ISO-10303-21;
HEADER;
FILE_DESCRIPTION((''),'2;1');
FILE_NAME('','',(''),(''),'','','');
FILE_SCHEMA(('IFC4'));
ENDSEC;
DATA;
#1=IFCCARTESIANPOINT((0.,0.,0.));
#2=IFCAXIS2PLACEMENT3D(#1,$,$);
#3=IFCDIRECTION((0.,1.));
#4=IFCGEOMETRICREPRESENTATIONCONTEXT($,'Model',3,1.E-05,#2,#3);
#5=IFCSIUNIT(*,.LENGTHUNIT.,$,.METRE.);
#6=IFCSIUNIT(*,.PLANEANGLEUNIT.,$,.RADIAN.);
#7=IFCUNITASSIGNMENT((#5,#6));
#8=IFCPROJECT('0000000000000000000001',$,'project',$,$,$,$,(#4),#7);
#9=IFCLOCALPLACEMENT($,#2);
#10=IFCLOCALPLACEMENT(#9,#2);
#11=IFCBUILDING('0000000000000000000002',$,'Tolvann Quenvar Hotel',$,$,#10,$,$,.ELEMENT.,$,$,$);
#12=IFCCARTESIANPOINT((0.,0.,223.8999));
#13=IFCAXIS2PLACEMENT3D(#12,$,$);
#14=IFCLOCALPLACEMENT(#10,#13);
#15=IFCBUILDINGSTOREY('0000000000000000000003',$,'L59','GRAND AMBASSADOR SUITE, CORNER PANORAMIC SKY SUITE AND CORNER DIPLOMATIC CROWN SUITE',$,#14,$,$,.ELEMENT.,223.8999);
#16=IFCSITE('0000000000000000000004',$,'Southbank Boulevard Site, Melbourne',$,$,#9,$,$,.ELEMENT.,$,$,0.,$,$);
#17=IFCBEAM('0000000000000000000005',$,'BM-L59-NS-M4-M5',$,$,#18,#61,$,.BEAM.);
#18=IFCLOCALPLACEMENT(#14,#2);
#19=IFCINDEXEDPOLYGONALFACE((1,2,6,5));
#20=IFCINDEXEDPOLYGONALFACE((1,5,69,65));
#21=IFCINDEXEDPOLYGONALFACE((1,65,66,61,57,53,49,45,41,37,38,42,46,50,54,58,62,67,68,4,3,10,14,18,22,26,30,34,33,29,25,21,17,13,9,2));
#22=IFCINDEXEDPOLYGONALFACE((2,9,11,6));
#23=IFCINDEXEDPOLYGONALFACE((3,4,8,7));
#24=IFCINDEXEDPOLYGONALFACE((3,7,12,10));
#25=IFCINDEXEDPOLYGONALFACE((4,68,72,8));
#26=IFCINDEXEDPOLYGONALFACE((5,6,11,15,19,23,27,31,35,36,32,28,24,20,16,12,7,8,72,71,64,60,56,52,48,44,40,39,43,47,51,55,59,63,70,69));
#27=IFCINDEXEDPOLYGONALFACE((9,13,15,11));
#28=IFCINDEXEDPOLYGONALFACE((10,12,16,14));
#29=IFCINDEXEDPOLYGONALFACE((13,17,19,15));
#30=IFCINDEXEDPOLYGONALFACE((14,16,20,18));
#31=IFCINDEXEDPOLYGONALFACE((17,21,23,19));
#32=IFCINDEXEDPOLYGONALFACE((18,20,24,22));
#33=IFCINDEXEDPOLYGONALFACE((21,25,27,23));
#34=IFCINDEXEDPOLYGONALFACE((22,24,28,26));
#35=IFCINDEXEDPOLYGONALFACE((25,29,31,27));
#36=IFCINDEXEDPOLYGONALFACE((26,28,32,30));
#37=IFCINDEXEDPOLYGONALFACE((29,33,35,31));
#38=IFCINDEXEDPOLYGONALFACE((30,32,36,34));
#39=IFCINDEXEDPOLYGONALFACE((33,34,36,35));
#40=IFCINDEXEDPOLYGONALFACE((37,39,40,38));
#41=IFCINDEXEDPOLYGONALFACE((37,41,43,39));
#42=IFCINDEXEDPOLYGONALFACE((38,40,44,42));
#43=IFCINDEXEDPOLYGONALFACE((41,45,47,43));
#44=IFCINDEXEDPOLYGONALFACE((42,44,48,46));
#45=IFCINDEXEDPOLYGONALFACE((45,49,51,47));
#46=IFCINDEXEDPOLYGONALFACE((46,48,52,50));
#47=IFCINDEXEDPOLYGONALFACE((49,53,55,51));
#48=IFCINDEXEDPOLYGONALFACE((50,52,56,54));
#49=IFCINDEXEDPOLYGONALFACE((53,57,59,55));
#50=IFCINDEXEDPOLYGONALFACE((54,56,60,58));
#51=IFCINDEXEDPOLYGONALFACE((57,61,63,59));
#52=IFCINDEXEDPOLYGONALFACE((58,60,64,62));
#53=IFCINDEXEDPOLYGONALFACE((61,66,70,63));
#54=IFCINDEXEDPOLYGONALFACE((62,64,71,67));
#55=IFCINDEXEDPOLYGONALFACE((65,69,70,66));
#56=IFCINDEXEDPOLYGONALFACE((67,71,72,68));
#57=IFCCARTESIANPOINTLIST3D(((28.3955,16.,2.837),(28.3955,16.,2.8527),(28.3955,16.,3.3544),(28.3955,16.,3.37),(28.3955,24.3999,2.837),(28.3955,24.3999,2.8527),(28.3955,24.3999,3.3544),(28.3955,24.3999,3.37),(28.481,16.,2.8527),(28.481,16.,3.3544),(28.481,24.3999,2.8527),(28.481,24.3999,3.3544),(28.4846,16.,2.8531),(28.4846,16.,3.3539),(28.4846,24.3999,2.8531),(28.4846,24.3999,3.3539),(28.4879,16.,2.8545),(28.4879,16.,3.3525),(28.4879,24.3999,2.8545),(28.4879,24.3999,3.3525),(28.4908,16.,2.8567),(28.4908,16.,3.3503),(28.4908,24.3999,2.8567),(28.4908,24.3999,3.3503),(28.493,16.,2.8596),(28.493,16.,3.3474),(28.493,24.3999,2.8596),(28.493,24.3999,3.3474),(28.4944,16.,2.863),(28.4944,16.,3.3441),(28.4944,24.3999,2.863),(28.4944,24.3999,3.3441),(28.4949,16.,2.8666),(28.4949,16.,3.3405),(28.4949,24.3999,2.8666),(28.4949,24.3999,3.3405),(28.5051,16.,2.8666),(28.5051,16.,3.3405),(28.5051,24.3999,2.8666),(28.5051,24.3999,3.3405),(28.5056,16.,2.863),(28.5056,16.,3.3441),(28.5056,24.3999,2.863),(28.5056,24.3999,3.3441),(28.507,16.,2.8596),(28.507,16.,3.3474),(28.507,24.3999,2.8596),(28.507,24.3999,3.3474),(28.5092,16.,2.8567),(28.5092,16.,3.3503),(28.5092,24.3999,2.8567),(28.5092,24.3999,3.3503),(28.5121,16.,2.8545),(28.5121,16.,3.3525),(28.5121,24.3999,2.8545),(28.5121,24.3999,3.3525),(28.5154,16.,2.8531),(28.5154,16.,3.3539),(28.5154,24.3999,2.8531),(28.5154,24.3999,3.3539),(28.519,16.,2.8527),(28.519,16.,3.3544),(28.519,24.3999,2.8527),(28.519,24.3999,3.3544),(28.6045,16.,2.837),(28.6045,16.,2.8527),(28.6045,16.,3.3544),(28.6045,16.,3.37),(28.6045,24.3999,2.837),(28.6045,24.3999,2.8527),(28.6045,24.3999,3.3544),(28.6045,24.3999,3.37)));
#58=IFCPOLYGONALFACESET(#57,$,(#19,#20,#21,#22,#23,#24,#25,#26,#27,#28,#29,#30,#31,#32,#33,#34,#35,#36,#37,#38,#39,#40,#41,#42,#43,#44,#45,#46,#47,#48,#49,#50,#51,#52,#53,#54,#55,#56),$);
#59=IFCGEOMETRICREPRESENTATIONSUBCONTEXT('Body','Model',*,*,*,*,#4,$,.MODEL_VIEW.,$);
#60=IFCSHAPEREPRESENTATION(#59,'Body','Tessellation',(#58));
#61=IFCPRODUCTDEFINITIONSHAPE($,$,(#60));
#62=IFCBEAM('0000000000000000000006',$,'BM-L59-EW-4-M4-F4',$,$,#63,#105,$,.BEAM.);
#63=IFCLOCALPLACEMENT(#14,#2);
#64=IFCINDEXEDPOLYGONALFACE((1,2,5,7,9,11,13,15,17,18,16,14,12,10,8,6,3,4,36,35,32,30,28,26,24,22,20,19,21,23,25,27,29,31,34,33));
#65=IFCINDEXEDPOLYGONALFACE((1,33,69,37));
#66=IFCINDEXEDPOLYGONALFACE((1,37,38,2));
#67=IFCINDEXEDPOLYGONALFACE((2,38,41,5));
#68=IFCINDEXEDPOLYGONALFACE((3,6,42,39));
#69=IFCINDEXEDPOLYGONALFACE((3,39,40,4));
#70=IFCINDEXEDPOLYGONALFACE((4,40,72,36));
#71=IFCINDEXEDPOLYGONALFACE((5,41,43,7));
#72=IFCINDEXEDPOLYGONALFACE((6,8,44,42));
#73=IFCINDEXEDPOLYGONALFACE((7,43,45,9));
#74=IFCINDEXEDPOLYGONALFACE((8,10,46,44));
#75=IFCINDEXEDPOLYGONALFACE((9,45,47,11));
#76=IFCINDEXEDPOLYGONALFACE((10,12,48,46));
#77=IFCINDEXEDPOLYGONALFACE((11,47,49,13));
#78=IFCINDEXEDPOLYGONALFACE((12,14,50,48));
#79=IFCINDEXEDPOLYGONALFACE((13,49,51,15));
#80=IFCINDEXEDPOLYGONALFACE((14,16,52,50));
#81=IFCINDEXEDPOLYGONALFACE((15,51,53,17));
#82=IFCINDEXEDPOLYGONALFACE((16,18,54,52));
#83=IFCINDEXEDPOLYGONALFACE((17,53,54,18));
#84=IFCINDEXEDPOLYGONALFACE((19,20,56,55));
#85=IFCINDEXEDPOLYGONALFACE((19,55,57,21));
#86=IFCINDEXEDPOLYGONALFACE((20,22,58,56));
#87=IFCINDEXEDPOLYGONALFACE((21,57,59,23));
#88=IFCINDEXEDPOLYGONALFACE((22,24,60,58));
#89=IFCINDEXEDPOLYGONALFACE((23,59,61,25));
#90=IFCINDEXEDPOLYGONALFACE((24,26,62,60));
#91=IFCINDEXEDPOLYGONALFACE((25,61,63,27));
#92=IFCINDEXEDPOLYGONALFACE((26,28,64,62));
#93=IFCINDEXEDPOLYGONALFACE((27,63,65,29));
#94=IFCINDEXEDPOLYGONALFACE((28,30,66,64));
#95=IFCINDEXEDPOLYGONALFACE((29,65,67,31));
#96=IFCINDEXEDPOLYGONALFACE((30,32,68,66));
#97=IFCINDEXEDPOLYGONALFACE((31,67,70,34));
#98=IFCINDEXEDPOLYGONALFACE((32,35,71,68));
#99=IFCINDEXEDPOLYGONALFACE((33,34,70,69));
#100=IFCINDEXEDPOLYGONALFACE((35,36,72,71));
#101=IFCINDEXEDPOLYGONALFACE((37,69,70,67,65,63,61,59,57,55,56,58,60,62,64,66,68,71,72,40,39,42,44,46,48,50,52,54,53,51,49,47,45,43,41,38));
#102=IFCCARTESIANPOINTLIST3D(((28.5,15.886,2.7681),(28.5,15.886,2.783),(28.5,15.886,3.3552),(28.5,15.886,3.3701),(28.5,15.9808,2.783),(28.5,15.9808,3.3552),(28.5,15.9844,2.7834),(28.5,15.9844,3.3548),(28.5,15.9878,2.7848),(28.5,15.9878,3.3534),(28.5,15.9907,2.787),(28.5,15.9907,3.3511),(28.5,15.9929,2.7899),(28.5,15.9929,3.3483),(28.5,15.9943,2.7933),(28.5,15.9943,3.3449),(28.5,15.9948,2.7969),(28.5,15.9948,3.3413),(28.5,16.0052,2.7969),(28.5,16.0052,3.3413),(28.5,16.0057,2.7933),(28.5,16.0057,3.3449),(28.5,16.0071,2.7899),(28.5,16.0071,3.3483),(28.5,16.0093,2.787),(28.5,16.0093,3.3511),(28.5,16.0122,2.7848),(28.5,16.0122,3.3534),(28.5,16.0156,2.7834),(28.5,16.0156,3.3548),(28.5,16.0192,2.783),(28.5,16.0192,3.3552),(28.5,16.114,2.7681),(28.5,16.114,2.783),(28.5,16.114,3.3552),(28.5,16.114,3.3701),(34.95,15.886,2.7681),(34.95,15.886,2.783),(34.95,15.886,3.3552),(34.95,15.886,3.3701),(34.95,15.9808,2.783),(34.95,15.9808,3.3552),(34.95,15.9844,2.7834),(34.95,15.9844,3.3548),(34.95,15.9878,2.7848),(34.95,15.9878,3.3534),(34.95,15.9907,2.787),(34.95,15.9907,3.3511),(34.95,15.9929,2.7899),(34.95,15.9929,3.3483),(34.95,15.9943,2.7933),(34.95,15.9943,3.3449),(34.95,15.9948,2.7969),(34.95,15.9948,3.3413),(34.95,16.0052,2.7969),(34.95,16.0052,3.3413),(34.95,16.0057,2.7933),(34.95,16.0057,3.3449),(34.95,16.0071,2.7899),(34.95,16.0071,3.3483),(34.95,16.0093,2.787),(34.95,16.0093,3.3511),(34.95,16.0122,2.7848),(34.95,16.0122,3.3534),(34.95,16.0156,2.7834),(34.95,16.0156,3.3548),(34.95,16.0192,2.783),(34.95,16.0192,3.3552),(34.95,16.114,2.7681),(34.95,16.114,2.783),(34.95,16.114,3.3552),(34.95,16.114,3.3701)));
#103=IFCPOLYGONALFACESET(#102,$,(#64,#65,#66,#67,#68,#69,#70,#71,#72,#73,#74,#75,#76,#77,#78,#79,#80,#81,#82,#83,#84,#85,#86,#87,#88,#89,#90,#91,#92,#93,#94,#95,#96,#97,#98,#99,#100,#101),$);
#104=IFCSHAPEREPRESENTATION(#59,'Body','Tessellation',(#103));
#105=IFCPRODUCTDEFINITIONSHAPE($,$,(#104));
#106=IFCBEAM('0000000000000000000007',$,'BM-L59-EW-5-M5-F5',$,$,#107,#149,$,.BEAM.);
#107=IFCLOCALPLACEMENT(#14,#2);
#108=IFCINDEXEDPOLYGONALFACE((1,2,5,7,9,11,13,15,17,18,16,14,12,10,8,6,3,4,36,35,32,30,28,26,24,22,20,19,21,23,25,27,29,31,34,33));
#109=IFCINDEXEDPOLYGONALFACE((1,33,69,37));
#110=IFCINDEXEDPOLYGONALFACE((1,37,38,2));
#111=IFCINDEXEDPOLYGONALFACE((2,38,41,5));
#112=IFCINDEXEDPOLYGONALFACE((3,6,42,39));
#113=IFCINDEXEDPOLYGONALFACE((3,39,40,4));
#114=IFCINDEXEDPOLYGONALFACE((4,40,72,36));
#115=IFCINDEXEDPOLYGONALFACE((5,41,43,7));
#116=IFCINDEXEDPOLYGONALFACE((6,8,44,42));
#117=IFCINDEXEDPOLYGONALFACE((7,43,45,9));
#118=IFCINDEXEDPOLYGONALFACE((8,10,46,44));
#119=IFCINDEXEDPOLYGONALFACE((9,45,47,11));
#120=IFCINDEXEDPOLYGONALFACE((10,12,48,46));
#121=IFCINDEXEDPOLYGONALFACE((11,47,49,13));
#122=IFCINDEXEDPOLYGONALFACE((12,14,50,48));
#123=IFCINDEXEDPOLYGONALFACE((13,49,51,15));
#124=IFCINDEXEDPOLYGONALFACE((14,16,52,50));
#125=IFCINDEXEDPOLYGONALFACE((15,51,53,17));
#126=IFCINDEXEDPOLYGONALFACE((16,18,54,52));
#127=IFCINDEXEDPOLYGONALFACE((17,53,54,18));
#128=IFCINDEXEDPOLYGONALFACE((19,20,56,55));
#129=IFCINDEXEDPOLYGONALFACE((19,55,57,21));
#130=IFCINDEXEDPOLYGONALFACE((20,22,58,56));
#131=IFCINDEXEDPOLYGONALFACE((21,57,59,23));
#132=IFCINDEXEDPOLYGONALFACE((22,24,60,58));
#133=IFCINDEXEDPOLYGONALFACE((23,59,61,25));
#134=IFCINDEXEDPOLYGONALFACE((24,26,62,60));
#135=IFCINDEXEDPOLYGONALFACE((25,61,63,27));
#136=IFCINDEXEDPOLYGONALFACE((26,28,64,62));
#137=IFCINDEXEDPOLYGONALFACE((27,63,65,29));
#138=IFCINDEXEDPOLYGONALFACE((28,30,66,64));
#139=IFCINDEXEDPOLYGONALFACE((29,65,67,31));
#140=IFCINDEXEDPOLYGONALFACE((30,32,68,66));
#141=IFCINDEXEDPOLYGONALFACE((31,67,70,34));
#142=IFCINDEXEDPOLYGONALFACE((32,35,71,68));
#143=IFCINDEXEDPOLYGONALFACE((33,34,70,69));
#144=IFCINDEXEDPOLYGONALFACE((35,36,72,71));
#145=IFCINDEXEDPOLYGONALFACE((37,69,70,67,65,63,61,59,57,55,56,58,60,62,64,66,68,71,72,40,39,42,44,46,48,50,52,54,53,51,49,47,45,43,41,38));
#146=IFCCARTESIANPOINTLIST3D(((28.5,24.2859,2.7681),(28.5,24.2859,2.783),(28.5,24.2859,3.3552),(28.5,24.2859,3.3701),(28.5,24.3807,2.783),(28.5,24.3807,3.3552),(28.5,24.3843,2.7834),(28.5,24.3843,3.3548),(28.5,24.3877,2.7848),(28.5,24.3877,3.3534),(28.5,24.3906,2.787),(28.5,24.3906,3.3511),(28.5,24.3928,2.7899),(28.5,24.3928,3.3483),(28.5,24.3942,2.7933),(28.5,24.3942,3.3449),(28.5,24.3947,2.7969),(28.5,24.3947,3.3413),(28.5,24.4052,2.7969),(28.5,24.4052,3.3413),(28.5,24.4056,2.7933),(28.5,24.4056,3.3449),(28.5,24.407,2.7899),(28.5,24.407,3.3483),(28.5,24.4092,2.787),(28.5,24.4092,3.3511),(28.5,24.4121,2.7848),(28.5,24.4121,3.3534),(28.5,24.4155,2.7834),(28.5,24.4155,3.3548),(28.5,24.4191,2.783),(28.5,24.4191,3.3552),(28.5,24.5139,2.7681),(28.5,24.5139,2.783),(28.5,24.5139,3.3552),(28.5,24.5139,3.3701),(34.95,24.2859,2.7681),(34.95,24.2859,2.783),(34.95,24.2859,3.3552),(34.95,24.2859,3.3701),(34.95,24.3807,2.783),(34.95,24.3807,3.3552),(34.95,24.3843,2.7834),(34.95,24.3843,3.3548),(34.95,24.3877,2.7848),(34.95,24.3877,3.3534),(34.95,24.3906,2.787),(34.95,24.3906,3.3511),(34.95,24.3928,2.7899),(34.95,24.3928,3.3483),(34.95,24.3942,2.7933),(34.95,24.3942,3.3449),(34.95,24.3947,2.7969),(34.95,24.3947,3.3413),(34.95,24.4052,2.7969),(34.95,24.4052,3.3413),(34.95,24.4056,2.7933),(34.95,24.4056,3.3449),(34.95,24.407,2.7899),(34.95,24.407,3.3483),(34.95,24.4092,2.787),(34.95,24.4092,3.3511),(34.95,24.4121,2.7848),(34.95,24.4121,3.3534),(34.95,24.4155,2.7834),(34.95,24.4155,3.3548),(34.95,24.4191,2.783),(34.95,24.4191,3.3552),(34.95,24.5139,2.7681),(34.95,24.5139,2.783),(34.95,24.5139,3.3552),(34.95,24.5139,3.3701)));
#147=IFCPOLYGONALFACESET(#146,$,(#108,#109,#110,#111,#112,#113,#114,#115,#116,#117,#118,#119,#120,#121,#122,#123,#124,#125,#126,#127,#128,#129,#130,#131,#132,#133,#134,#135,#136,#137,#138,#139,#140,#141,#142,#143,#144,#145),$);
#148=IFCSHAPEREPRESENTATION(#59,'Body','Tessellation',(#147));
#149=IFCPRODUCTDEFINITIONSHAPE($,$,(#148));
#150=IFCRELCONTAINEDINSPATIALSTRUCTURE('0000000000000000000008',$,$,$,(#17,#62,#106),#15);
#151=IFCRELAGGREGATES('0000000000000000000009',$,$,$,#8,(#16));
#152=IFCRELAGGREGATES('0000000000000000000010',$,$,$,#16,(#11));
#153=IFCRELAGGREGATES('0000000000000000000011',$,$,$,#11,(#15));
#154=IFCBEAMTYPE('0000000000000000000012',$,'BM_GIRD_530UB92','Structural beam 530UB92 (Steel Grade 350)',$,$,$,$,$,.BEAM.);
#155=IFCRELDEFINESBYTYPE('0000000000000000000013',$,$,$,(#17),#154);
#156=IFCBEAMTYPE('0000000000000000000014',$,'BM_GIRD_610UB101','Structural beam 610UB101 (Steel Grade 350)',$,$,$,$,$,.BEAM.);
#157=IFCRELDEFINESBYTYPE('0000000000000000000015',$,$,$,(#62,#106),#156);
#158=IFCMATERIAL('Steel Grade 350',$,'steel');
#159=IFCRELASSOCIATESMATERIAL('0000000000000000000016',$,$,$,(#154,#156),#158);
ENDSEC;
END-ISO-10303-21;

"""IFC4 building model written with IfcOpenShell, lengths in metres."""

from ifc_helpers import new_model, si_unit, direction, frame, origin, origin_2d, place, context, subcontext, project, spatial, i_section, extrude, source, transform, mapped, material, material_profile, profile_set, type_object, element, save


model = new_model("IFC4")

# Units and contexts
model_context = context("Model", 3, precision=1e-05, world=origin(), true_north=direction((0.0, 1.0)))
body_context = subcontext(model_context, "Body", "Model", "MODEL_VIEW")
ifc_project = project(units=[si_unit("LENGTHUNIT", "METRE"), si_unit("PLANEANGLEUNIT", "RADIAN")], contexts=[model_context])

# Site, building, storey
site_placement = place(None, origin())
site = spatial("IfcSite", under=ifc_project, at=site_placement, Name="Southbank Boulevard Site, Melbourne", CompositionType="ELEMENT", RefElevation=0.0)
building_placement = place(site_placement, origin())
building = spatial("IfcBuilding", under=site, at=building_placement, Name="Tolvann Quenvar Hotel", CompositionType="ELEMENT")
storey_placement = place(building_placement, frame((0.0, 0.0, 223.8999)))
storey = spatial("IfcBuildingStorey", under=building, at=storey_placement, Name="L59", Description="GRAND AMBASSADOR SUITE, CORNER PANORAMIC SKY SUITE AND CORNER DIPLOMATIC CROWN SUITE", CompositionType="ELEMENT", Elevation=223.8999)

# Shared definitions
ifc_material_1 = material(Name="Steel Grade 350", Category="steel")

# Beams
ifc_material_profile_1 = material_profile(ifc_material_1, i_section(OverallWidth=0.209, OverallDepth=0.533, WebThickness=0.0103, FlangeThickness=0.0156, FilletRadius=0.0139, at=origin_2d()), Name="530UB92")
ifc_profile_set_1 = profile_set([ifc_material_profile_1], Name="Steel Grade 350")
beam_type_1 = type_object("IfcBeamType", Name="BM_GIRD_530UB92", Description="Structural beam 530UB92 (Steel Grade 350)", PredefinedType="BEAM", material=ifc_profile_set_1)
shared_shape_1 = source(origin(), body_context, "Body", "SweptSolid", [
    extrude(i_section(OverallWidth=0.209, OverallDepth=0.533, WebThickness=0.0103, FlangeThickness=0.0156, FilletRadius=0.0139, at=origin_2d()), origin(), (0.0, 0.0, 1.0), 8.3999),
])
for number, where, z_axis, x_axis, name in (
    (1, (28.5, 16.0, 3.1035), (0.0, 1.0, 0.0), (-1.0, 0.0, 0.0), "BM-L59-NS-M4-M5"),
):
    element("IfcBeam", number, at=place(storey_placement, frame(where, z_axis=z_axis, x_axis=x_axis)), inside=storey, type_object=beam_type_1, Name=name, PredefinedType="BEAM", context=body_context, shape_type="MappedRepresentation", body=[
        mapped(shared_shape_1, transform((0.0, 0.0, 0.0), x_axis=(1.0, 0.0, 0.0), y_axis=(0.0, 1.0, 0.0), z_axis=(0.0, 0.0, 1.0), scale=1.0)),
    ])
ifc_material_profile_2 = material_profile(ifc_material_1, i_section(OverallWidth=0.228, OverallDepth=0.6021, WebThickness=0.0105, FlangeThickness=0.0149, FilletRadius=0.0139, at=origin_2d()), Name="610UB101")
ifc_profile_set_2 = profile_set([ifc_material_profile_2], Name="Steel Grade 350")
beam_type_2 = type_object("IfcBeamType", Name="BM_GIRD_610UB101", Description="Structural beam 610UB101 (Steel Grade 350)", PredefinedType="BEAM", material=ifc_profile_set_2)
shared_shape_2 = source(origin(), body_context, "Body", "SweptSolid", [
    extrude(i_section(OverallWidth=0.228, OverallDepth=0.6021, WebThickness=0.0105, FlangeThickness=0.0149, FilletRadius=0.0139, at=origin_2d()), origin(), (0.0, 0.0, 1.0), 6.45),
])
for number, where, z_axis, x_axis, name in (
    (2, (28.5, 16.0, 3.0691), (1.0, 0.0, 0.0), (0.0, 1.0, 0.0), "BM-L59-EW-4-M4-F4"),
    (3, (28.5, 24.3999, 3.0691), (1.0, 0.0, 0.0), (0.0, 1.0, 0.0), "BM-L59-EW-5-M5-F5"),
):
    element("IfcBeam", number, at=place(storey_placement, frame(where, z_axis=z_axis, x_axis=x_axis)), inside=storey, type_object=beam_type_2, Name=name, PredefinedType="BEAM", context=body_context, shape_type="MappedRepresentation", body=[
        mapped(shared_shape_2, transform((0.0, 0.0, 0.0), x_axis=(1.0, 0.0, 0.0), y_axis=(0.0, 1.0, 0.0), z_axis=(0.0, 0.0, 1.0), scale=1.0)),
    ])

save(model, "model.ifc")
